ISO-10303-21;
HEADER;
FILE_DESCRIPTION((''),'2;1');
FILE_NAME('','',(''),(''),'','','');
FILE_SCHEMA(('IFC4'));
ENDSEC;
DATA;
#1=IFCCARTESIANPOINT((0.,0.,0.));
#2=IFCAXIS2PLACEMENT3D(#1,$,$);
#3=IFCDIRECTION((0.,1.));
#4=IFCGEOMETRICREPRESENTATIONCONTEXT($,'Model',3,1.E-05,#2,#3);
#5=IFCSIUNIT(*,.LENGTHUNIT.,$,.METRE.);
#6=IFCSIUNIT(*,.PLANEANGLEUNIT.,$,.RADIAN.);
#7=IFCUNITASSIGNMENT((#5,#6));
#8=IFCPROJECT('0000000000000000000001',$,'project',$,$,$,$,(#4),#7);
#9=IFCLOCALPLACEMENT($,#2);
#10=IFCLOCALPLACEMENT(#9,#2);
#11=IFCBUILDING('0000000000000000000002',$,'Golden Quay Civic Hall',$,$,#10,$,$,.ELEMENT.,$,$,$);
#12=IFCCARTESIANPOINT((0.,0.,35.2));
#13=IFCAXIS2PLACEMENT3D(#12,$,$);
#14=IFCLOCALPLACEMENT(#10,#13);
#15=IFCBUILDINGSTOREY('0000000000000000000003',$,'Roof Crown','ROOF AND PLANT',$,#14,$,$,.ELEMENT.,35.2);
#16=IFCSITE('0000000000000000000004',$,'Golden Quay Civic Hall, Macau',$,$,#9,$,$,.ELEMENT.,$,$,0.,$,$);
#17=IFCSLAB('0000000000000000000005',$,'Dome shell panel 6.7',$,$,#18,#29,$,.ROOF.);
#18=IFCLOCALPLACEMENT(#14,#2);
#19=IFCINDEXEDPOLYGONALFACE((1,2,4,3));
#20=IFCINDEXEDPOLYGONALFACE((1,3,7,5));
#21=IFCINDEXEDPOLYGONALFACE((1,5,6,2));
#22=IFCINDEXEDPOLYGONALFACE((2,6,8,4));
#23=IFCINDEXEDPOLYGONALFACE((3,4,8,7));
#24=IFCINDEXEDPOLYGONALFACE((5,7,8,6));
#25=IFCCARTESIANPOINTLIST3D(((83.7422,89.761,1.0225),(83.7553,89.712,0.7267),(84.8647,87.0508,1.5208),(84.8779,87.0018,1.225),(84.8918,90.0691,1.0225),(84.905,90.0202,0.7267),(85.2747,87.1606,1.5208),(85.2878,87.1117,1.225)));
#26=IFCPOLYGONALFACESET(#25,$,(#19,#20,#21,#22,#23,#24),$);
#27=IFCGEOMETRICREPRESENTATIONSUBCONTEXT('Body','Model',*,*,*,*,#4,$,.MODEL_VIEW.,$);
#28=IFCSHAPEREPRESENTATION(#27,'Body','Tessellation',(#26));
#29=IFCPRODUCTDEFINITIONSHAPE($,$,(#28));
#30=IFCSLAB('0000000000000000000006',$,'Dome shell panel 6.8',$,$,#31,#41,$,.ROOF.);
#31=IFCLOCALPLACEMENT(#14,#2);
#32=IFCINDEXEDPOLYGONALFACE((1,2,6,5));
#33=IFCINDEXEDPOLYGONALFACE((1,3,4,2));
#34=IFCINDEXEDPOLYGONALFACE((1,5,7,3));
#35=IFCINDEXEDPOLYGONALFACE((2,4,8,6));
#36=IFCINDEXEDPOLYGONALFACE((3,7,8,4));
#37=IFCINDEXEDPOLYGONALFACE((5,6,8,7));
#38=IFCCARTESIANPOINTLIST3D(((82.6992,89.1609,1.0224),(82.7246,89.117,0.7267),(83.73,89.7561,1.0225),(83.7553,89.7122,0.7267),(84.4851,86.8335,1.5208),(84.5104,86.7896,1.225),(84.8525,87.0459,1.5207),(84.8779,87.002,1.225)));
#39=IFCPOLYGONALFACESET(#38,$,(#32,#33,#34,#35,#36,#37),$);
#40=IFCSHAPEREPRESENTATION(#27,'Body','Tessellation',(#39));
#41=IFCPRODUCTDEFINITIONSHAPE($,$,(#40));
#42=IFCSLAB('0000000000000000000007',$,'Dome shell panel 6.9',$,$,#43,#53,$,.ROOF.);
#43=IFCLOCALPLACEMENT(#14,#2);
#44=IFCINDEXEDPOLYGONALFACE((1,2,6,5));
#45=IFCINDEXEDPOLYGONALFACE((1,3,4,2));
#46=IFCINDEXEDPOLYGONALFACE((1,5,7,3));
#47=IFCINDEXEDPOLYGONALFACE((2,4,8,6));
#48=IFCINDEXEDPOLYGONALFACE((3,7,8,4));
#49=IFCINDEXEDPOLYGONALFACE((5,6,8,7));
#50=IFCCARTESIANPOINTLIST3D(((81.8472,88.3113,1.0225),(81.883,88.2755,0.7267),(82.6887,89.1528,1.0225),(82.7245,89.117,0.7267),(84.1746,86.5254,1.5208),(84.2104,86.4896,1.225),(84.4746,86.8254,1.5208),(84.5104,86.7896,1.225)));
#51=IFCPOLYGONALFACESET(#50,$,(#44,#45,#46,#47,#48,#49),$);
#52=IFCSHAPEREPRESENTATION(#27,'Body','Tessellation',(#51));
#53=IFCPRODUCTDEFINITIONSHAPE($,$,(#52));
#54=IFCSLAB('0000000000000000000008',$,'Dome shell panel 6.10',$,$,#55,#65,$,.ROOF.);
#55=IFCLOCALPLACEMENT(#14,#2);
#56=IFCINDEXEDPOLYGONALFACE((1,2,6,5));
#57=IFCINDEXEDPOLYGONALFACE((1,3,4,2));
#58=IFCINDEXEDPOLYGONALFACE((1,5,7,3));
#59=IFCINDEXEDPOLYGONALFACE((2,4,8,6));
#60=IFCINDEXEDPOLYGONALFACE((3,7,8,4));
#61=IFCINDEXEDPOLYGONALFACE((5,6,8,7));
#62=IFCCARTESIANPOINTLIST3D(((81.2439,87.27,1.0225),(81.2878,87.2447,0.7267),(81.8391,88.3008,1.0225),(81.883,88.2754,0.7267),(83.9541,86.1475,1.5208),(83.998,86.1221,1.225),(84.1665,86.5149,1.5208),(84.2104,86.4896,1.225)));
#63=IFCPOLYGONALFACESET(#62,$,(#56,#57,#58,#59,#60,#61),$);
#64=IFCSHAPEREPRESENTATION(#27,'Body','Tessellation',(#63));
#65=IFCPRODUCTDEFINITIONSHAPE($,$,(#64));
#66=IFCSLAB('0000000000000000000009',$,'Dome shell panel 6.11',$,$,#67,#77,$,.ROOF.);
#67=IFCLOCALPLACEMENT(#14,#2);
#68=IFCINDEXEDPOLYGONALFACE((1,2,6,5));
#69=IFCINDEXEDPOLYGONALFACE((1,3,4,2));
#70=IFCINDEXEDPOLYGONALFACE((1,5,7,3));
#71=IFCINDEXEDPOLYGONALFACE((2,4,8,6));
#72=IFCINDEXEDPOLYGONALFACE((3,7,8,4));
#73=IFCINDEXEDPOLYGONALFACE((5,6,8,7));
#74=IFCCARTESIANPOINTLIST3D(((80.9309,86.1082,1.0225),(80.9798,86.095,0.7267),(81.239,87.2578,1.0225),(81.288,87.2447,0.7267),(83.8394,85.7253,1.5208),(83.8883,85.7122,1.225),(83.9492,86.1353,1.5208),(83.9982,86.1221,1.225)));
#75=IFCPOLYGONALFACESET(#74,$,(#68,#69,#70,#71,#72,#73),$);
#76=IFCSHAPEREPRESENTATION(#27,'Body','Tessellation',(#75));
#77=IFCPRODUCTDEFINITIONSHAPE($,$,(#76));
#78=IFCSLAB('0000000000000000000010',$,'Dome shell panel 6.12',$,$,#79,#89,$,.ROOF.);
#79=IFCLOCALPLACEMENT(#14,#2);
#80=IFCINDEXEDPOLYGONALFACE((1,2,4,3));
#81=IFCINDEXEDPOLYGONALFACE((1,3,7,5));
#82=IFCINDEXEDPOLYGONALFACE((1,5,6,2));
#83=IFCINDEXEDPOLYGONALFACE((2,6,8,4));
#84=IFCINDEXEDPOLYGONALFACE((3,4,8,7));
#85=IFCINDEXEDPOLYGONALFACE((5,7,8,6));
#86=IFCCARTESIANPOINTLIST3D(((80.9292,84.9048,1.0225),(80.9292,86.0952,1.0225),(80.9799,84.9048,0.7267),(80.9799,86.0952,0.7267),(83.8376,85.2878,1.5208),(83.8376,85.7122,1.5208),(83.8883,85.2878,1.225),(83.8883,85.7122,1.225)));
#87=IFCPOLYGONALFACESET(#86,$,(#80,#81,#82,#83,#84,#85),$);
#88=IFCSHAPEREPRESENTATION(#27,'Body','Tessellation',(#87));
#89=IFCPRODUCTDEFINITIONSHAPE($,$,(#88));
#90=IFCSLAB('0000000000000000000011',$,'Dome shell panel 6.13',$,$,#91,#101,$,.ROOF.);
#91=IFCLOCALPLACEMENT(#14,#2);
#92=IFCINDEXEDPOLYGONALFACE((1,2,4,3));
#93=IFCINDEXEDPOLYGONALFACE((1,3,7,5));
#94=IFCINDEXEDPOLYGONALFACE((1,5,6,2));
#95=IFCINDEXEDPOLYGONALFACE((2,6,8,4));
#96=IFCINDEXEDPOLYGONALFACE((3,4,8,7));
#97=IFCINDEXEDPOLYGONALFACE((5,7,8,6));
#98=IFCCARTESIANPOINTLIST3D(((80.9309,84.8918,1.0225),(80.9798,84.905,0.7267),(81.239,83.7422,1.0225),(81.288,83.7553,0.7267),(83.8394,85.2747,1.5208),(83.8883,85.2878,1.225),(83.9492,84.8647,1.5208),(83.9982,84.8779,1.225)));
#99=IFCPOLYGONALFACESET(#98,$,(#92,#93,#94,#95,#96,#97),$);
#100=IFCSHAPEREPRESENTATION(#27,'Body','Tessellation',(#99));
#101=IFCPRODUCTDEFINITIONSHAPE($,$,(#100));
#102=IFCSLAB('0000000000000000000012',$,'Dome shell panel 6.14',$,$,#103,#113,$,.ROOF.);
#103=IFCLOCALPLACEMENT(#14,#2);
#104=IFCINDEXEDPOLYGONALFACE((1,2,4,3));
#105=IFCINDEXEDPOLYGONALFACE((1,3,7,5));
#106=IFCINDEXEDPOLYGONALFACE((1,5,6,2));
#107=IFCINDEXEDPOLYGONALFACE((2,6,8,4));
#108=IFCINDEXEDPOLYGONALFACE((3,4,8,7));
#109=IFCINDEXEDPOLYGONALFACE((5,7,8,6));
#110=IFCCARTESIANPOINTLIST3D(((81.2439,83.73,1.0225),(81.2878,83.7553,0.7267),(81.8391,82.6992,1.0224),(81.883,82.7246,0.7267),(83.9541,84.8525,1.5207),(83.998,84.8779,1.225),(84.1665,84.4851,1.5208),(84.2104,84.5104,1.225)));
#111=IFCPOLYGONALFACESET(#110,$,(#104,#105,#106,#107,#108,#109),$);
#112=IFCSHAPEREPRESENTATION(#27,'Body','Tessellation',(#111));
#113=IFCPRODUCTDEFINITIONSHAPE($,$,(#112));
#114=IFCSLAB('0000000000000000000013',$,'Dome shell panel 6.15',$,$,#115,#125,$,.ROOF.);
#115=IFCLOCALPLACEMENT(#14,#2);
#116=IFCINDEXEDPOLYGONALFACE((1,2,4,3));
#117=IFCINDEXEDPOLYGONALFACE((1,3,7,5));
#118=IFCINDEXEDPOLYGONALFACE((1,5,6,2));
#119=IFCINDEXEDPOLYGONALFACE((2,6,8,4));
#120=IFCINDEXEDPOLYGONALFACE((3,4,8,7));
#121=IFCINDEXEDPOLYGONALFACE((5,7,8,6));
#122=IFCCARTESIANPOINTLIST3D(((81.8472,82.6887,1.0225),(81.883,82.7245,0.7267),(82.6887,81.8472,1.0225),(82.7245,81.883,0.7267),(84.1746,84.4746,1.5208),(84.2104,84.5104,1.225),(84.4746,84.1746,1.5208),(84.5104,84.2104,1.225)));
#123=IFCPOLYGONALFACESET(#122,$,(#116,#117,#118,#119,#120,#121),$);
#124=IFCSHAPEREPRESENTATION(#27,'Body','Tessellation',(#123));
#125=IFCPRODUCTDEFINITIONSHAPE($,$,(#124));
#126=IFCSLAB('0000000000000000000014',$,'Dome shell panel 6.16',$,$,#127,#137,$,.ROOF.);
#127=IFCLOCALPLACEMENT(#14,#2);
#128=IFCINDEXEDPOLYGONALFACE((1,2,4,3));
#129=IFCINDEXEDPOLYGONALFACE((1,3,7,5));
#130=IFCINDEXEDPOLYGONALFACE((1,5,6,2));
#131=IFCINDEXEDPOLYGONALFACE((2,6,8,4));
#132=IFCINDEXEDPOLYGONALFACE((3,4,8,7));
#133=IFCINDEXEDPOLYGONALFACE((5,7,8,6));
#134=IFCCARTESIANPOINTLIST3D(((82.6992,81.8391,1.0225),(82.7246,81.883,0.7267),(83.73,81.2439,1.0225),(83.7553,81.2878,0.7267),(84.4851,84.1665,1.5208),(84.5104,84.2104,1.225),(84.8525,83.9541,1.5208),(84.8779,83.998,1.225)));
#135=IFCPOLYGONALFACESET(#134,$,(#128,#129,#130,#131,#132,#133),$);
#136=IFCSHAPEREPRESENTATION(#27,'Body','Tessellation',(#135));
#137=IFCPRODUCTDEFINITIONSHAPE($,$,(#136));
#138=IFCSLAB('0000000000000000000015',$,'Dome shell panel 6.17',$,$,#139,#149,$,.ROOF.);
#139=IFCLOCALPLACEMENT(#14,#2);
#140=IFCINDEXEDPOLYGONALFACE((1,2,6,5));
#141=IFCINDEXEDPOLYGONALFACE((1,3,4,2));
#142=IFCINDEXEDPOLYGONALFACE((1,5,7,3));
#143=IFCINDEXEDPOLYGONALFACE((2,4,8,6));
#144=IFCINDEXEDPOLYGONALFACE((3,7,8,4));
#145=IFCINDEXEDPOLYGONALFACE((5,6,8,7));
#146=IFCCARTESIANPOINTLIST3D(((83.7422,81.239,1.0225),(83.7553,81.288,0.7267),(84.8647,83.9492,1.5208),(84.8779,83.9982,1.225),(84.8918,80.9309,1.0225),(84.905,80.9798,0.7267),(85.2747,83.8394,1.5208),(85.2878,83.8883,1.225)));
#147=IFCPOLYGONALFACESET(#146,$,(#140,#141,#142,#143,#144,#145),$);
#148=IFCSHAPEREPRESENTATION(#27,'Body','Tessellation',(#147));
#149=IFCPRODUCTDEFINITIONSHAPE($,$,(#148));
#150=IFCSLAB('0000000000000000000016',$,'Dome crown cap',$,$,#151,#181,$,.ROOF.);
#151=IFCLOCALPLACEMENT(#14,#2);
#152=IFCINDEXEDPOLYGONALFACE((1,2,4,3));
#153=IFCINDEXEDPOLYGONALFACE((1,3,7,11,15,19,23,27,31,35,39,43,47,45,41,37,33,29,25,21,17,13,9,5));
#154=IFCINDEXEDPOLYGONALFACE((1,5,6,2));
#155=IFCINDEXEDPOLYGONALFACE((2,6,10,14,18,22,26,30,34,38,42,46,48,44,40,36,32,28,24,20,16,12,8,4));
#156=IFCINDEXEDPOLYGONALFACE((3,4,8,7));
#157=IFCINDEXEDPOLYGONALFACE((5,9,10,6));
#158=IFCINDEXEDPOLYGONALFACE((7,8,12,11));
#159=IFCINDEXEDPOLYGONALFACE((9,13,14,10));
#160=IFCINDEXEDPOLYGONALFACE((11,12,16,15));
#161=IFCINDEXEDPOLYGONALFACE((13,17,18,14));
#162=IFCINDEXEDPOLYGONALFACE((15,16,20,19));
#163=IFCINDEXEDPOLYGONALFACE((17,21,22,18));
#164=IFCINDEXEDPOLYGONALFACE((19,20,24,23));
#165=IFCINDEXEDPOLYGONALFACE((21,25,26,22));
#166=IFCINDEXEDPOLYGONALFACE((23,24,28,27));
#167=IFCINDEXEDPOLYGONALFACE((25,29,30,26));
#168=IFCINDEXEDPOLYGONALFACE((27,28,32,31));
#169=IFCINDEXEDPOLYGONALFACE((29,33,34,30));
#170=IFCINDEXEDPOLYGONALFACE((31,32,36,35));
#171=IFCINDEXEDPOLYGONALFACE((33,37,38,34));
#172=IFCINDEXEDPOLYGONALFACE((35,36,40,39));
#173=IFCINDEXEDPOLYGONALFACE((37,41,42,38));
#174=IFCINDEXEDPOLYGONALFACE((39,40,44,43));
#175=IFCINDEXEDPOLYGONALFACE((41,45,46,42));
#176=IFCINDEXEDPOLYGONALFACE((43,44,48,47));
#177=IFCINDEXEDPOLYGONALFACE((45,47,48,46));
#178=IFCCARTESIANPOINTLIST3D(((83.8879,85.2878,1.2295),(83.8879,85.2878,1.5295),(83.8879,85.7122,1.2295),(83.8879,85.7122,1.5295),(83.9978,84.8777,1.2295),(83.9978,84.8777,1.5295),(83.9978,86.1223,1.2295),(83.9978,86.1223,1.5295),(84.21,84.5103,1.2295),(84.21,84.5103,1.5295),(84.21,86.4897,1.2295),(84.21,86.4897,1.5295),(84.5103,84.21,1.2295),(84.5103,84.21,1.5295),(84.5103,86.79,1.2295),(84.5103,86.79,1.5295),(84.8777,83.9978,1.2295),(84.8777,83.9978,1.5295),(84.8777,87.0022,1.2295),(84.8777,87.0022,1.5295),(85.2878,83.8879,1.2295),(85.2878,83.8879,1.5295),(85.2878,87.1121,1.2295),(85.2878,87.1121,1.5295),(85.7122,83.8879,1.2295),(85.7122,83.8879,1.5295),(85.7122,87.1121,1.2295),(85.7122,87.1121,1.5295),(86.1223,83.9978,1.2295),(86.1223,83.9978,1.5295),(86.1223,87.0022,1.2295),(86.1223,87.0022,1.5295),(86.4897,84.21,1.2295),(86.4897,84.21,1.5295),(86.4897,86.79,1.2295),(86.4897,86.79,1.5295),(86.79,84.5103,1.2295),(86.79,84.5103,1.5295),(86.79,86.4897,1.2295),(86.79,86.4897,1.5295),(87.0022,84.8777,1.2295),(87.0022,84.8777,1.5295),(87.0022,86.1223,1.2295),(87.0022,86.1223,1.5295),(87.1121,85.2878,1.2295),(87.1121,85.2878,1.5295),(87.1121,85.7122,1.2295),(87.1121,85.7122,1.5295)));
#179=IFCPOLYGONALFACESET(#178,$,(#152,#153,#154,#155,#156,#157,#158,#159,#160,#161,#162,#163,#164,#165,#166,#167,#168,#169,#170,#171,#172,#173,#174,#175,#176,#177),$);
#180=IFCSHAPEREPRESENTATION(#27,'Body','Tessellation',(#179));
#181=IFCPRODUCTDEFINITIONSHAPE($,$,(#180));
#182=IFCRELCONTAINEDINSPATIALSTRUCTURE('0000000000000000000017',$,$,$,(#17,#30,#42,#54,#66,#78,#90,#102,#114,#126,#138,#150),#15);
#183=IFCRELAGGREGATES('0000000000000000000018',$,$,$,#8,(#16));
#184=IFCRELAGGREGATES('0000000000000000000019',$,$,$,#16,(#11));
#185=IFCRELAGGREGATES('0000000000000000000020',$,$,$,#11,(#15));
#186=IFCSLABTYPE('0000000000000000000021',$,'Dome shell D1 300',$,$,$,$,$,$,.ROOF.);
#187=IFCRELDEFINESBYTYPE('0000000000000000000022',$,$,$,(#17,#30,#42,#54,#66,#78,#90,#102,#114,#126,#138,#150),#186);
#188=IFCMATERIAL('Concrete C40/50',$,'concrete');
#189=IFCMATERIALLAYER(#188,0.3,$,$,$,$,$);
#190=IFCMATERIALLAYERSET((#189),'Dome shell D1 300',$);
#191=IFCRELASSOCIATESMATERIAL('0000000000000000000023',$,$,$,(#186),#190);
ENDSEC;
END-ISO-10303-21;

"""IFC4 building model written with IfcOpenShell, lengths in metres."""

from ifc_helpers import new_model, si_unit, direction, frame, origin, place, context, subcontext, project, spatial, polyline, outline, extrude, material, layer, layer_set, type_object, element, save


model = new_model("IFC4")

# Units and contexts
model_context = context("Model", 3, precision=1e-05, world=origin(), true_north=direction((0.0, 1.0)))
body_context = subcontext(model_context, "Body", "Model", "MODEL_VIEW")
ifc_project = project(units=[si_unit("LENGTHUNIT", "METRE"), si_unit("PLANEANGLEUNIT", "RADIAN")], contexts=[model_context])

# Site, building, storey
site_placement = place(None, origin())
site = spatial("IfcSite", under=ifc_project, at=site_placement, Name="Golden Quay Civic Hall, Macau", CompositionType="ELEMENT", RefElevation=0.0)
building_placement = place(site_placement, origin())
building = spatial("IfcBuilding", under=site, at=building_placement, Name="Golden Quay Civic Hall", CompositionType="ELEMENT")
storey_placement = place(building_placement, frame((0.0, 0.0, 35.2)))
storey = spatial("IfcBuildingStorey", under=building, at=storey_placement, Name="Roof Crown", Description="ROOF AND PLANT", CompositionType="ELEMENT", Elevation=35.2)

# Slabs
ifc_material_1 = material(Name="Concrete C40/50", Category="concrete")
ifc_layer_1 = layer(ifc_material_1, 0.3)
ifc_layer_set_1 = layer_set([ifc_layer_1], Name="Dome shell D1 300")
slab_type = type_object("IfcSlabType", Name="Dome shell D1 300", PredefinedType="ROOF", material=ifc_layer_set_1)
slab_1_placement = place(storey_placement, frame((84.8918, 90.0691, 1.0225), z_axis=(-0.043714, 0.163111, 0.985639), x_axis=(-0.965914, -0.258863, -0.000001)))
element("IfcSlab", 1, at=slab_1_placement, inside=storey, type_object=slab_type, Name="Dome shell panel 6.7", PredefinedType="ROOF", context=body_context, shape_type="SweptSolid", body=[
    extrude(outline(polyline([(0.0, 0.0), (1.1902, 0.0), (0.8075, 2.9508), (0.3831, 2.9508), (0.0, 0.0)])), origin(), (0.0, 0.0, -1.0), 0.3),
])
slab_2_placement = place(storey_placement, frame((83.73, 89.7561, 1.0225), z_axis=(-0.084461, 0.146224, 0.985639), x_axis=(-0.865986, -0.500069, -0.00002)))
element("IfcSlab", 2, at=slab_2_placement, inside=storey, type_object=slab_type, Name="Dome shell panel 6.8", PredefinedType="ROOF", context=body_context, shape_type="SweptSolid", body=[
    extrude(outline(polyline([(0.0, 0.0), (1.1903, 0.0), (0.8076, 2.9509), (0.3832, 2.9507), (0.0, 0.0)])), origin(), (0.0, 0.0, -1.0), 0.3),
])
slab_3_placement = place(storey_placement, frame((82.6887, 89.1528, 1.0225), z_axis=(-0.119402, 0.119402, 0.98564), x_axis=(-0.707107, -0.707107, 0.0)))
element("IfcSlab", 3, at=slab_3_placement, inside=storey, type_object=slab_type, Name="Dome shell panel 6.9", PredefinedType="ROOF", context=body_context, shape_type="SweptSolid", body=[
    extrude(outline(polyline([(0.0, 0.0), (1.1901, 0.0), (0.8072, 2.9509), (0.3829, 2.9509), (0.0, 0.0)])), origin(), (0.0, 0.0, -1.0), 0.3),
])
slab_4_placement = place(storey_placement, frame((81.8391, 88.3008, 1.0225), z_axis=(-0.146224, 0.084461, 0.985639), x_axis=(-0.500069, -0.865986, 0.00002)))
element("IfcSlab", 4, at=slab_4_placement, inside=storey, type_object=slab_type, Name="Dome shell panel 6.10", PredefinedType="ROOF", context=body_context, shape_type="SweptSolid", body=[
    extrude(outline(polyline([(0.0, 0.0), (1.1903, 0.0), (0.8071, 2.9507), (0.3827, 2.9509), (0.0, 0.0)])), origin(), (0.0, 0.0, -1.0), 0.3),
])
slab_5_placement = place(storey_placement, frame((81.239, 87.2578, 1.0225), z_axis=(-0.163111, 0.043714, 0.985639), x_axis=(-0.258863, -0.965914, 0.000001)))
element("IfcSlab", 5, at=slab_5_placement, inside=storey, type_object=slab_type, Name="Dome shell panel 6.11", PredefinedType="ROOF", context=body_context, shape_type="SweptSolid", body=[
    extrude(outline(polyline([(0.0, 0.0), (1.1902, 0.0), (0.8071, 2.9508), (0.3827, 2.9508), (0.0, 0.0)])), origin(), (0.0, 0.0, -1.0), 0.3),
])
slab_6_placement = place(storey_placement, frame((80.9292, 86.0952, 1.0225), z_axis=(-0.168865, 0.0, 0.985639), x_axis=(0.0, -1.0, 0.0)))
element("IfcSlab", 6, at=slab_6_placement, inside=storey, type_object=slab_type, Name="Dome shell panel 6.12", PredefinedType="ROOF", context=body_context, shape_type="SweptSolid", body=[
    extrude(outline(polyline([(0.0, 0.0), (1.1904, 0.0), (0.8074, 2.9508), (0.3831, 2.9508), (0.0, 0.0)])), origin(), (0.0, 0.0, -1.0), 0.3),
])
slab_7_placement = place(storey_placement, frame((80.9309, 84.8918, 1.0225), z_axis=(-0.163111, -0.043714, 0.985639), x_axis=(0.258863, -0.965914, -0.000001)))
element("IfcSlab", 7, at=slab_7_placement, inside=storey, type_object=slab_type, Name="Dome shell panel 6.13", PredefinedType="ROOF", context=body_context, shape_type="SweptSolid", body=[
    extrude(outline(polyline([(0.0, 0.0), (1.1902, 0.0), (0.8075, 2.9508), (0.3831, 2.9508), (0.0, 0.0)])), origin(), (0.0, 0.0, -1.0), 0.3),
])
slab_8_placement = place(storey_placement, frame((81.2439, 83.73, 1.0225), z_axis=(-0.146224, -0.084461, 0.985639), x_axis=(0.500069, -0.865986, -0.00002)))
element("IfcSlab", 8, at=slab_8_placement, inside=storey, type_object=slab_type, Name="Dome shell panel 6.14", PredefinedType="ROOF", context=body_context, shape_type="SweptSolid", body=[
    extrude(outline(polyline([(0.0, 0.0), (1.1903, 0.0), (0.8076, 2.9509), (0.3832, 2.9507), (0.0, 0.0)])), origin(), (0.0, 0.0, -1.0), 0.3),
])
slab_9_placement = place(storey_placement, frame((81.8472, 82.6887, 1.0225), z_axis=(-0.119402, -0.119402, 0.98564), x_axis=(0.707107, -0.707107, 0.0)))
element("IfcSlab", 9, at=slab_9_placement, inside=storey, type_object=slab_type, Name="Dome shell panel 6.15", PredefinedType="ROOF", context=body_context, shape_type="SweptSolid", body=[
    extrude(outline(polyline([(0.0, 0.0), (1.1901, 0.0), (0.8072, 2.9509), (0.3829, 2.9509), (0.0, 0.0)])), origin(), (0.0, 0.0, -1.0), 0.3),
])
slab_10_placement = place(storey_placement, frame((82.6992, 81.8391, 1.0225), z_axis=(-0.084461, -0.146224, 0.985639), x_axis=(0.865986, -0.500069, 0.00002)))
element("IfcSlab", 10, at=slab_10_placement, inside=storey, type_object=slab_type, Name="Dome shell panel 6.16", PredefinedType="ROOF", context=body_context, shape_type="SweptSolid", body=[
    extrude(outline(polyline([(0.0, 0.0), (1.1903, 0.0), (0.8071, 2.9507), (0.3827, 2.9509), (0.0, 0.0)])), origin(), (0.0, 0.0, -1.0), 0.3),
])
slab_11_placement = place(storey_placement, frame((83.7422, 81.239, 1.0225), z_axis=(-0.043714, -0.163111, 0.985639), x_axis=(0.965914, -0.258863, 0.000001)))
element("IfcSlab", 11, at=slab_11_placement, inside=storey, type_object=slab_type, Name="Dome shell panel 6.17", PredefinedType="ROOF", context=body_context, shape_type="SweptSolid", body=[
    extrude(outline(polyline([(0.0, 0.0), (1.1902, 0.0), (0.8071, 2.9508), (0.3827, 2.9508), (0.0, 0.0)])), origin(), (0.0, 0.0, -1.0), 0.3),
])
slab_12_placement = place(storey_placement, frame((0.0, 0.0, 1.2295)))
element("IfcSlab", 12, at=slab_12_placement, inside=storey, type_object=slab_type, Name="Dome crown cap", PredefinedType="ROOF", context=body_context, shape_type="SweptSolid", body=[
    extrude(outline(polyline([(87.1121, 85.7122), (87.0022, 86.1223), (86.79, 86.4897), (86.4897, 86.79), (86.1223, 87.0022), (85.7122, 87.1121), (85.2878, 87.1121), (84.8777, 87.0022), (84.5103, 86.79), (84.21, 86.4897), (83.9978, 86.1223), (83.8879, 85.7122), (83.8879, 85.2878), (83.9978, 84.8777), (84.21, 84.5103), (84.5103, 84.21), (84.8777, 83.9978), (85.2878, 83.8879), (85.7122, 83.8879), (86.1223, 83.9978), (86.4897, 84.21), (86.79, 84.5103), (87.0022, 84.8777), (87.1121, 85.2878), (87.1121, 85.7122)])), origin(), (0.0, 0.0, 1.0), 0.3),
])

save(model, "model.ifc")
